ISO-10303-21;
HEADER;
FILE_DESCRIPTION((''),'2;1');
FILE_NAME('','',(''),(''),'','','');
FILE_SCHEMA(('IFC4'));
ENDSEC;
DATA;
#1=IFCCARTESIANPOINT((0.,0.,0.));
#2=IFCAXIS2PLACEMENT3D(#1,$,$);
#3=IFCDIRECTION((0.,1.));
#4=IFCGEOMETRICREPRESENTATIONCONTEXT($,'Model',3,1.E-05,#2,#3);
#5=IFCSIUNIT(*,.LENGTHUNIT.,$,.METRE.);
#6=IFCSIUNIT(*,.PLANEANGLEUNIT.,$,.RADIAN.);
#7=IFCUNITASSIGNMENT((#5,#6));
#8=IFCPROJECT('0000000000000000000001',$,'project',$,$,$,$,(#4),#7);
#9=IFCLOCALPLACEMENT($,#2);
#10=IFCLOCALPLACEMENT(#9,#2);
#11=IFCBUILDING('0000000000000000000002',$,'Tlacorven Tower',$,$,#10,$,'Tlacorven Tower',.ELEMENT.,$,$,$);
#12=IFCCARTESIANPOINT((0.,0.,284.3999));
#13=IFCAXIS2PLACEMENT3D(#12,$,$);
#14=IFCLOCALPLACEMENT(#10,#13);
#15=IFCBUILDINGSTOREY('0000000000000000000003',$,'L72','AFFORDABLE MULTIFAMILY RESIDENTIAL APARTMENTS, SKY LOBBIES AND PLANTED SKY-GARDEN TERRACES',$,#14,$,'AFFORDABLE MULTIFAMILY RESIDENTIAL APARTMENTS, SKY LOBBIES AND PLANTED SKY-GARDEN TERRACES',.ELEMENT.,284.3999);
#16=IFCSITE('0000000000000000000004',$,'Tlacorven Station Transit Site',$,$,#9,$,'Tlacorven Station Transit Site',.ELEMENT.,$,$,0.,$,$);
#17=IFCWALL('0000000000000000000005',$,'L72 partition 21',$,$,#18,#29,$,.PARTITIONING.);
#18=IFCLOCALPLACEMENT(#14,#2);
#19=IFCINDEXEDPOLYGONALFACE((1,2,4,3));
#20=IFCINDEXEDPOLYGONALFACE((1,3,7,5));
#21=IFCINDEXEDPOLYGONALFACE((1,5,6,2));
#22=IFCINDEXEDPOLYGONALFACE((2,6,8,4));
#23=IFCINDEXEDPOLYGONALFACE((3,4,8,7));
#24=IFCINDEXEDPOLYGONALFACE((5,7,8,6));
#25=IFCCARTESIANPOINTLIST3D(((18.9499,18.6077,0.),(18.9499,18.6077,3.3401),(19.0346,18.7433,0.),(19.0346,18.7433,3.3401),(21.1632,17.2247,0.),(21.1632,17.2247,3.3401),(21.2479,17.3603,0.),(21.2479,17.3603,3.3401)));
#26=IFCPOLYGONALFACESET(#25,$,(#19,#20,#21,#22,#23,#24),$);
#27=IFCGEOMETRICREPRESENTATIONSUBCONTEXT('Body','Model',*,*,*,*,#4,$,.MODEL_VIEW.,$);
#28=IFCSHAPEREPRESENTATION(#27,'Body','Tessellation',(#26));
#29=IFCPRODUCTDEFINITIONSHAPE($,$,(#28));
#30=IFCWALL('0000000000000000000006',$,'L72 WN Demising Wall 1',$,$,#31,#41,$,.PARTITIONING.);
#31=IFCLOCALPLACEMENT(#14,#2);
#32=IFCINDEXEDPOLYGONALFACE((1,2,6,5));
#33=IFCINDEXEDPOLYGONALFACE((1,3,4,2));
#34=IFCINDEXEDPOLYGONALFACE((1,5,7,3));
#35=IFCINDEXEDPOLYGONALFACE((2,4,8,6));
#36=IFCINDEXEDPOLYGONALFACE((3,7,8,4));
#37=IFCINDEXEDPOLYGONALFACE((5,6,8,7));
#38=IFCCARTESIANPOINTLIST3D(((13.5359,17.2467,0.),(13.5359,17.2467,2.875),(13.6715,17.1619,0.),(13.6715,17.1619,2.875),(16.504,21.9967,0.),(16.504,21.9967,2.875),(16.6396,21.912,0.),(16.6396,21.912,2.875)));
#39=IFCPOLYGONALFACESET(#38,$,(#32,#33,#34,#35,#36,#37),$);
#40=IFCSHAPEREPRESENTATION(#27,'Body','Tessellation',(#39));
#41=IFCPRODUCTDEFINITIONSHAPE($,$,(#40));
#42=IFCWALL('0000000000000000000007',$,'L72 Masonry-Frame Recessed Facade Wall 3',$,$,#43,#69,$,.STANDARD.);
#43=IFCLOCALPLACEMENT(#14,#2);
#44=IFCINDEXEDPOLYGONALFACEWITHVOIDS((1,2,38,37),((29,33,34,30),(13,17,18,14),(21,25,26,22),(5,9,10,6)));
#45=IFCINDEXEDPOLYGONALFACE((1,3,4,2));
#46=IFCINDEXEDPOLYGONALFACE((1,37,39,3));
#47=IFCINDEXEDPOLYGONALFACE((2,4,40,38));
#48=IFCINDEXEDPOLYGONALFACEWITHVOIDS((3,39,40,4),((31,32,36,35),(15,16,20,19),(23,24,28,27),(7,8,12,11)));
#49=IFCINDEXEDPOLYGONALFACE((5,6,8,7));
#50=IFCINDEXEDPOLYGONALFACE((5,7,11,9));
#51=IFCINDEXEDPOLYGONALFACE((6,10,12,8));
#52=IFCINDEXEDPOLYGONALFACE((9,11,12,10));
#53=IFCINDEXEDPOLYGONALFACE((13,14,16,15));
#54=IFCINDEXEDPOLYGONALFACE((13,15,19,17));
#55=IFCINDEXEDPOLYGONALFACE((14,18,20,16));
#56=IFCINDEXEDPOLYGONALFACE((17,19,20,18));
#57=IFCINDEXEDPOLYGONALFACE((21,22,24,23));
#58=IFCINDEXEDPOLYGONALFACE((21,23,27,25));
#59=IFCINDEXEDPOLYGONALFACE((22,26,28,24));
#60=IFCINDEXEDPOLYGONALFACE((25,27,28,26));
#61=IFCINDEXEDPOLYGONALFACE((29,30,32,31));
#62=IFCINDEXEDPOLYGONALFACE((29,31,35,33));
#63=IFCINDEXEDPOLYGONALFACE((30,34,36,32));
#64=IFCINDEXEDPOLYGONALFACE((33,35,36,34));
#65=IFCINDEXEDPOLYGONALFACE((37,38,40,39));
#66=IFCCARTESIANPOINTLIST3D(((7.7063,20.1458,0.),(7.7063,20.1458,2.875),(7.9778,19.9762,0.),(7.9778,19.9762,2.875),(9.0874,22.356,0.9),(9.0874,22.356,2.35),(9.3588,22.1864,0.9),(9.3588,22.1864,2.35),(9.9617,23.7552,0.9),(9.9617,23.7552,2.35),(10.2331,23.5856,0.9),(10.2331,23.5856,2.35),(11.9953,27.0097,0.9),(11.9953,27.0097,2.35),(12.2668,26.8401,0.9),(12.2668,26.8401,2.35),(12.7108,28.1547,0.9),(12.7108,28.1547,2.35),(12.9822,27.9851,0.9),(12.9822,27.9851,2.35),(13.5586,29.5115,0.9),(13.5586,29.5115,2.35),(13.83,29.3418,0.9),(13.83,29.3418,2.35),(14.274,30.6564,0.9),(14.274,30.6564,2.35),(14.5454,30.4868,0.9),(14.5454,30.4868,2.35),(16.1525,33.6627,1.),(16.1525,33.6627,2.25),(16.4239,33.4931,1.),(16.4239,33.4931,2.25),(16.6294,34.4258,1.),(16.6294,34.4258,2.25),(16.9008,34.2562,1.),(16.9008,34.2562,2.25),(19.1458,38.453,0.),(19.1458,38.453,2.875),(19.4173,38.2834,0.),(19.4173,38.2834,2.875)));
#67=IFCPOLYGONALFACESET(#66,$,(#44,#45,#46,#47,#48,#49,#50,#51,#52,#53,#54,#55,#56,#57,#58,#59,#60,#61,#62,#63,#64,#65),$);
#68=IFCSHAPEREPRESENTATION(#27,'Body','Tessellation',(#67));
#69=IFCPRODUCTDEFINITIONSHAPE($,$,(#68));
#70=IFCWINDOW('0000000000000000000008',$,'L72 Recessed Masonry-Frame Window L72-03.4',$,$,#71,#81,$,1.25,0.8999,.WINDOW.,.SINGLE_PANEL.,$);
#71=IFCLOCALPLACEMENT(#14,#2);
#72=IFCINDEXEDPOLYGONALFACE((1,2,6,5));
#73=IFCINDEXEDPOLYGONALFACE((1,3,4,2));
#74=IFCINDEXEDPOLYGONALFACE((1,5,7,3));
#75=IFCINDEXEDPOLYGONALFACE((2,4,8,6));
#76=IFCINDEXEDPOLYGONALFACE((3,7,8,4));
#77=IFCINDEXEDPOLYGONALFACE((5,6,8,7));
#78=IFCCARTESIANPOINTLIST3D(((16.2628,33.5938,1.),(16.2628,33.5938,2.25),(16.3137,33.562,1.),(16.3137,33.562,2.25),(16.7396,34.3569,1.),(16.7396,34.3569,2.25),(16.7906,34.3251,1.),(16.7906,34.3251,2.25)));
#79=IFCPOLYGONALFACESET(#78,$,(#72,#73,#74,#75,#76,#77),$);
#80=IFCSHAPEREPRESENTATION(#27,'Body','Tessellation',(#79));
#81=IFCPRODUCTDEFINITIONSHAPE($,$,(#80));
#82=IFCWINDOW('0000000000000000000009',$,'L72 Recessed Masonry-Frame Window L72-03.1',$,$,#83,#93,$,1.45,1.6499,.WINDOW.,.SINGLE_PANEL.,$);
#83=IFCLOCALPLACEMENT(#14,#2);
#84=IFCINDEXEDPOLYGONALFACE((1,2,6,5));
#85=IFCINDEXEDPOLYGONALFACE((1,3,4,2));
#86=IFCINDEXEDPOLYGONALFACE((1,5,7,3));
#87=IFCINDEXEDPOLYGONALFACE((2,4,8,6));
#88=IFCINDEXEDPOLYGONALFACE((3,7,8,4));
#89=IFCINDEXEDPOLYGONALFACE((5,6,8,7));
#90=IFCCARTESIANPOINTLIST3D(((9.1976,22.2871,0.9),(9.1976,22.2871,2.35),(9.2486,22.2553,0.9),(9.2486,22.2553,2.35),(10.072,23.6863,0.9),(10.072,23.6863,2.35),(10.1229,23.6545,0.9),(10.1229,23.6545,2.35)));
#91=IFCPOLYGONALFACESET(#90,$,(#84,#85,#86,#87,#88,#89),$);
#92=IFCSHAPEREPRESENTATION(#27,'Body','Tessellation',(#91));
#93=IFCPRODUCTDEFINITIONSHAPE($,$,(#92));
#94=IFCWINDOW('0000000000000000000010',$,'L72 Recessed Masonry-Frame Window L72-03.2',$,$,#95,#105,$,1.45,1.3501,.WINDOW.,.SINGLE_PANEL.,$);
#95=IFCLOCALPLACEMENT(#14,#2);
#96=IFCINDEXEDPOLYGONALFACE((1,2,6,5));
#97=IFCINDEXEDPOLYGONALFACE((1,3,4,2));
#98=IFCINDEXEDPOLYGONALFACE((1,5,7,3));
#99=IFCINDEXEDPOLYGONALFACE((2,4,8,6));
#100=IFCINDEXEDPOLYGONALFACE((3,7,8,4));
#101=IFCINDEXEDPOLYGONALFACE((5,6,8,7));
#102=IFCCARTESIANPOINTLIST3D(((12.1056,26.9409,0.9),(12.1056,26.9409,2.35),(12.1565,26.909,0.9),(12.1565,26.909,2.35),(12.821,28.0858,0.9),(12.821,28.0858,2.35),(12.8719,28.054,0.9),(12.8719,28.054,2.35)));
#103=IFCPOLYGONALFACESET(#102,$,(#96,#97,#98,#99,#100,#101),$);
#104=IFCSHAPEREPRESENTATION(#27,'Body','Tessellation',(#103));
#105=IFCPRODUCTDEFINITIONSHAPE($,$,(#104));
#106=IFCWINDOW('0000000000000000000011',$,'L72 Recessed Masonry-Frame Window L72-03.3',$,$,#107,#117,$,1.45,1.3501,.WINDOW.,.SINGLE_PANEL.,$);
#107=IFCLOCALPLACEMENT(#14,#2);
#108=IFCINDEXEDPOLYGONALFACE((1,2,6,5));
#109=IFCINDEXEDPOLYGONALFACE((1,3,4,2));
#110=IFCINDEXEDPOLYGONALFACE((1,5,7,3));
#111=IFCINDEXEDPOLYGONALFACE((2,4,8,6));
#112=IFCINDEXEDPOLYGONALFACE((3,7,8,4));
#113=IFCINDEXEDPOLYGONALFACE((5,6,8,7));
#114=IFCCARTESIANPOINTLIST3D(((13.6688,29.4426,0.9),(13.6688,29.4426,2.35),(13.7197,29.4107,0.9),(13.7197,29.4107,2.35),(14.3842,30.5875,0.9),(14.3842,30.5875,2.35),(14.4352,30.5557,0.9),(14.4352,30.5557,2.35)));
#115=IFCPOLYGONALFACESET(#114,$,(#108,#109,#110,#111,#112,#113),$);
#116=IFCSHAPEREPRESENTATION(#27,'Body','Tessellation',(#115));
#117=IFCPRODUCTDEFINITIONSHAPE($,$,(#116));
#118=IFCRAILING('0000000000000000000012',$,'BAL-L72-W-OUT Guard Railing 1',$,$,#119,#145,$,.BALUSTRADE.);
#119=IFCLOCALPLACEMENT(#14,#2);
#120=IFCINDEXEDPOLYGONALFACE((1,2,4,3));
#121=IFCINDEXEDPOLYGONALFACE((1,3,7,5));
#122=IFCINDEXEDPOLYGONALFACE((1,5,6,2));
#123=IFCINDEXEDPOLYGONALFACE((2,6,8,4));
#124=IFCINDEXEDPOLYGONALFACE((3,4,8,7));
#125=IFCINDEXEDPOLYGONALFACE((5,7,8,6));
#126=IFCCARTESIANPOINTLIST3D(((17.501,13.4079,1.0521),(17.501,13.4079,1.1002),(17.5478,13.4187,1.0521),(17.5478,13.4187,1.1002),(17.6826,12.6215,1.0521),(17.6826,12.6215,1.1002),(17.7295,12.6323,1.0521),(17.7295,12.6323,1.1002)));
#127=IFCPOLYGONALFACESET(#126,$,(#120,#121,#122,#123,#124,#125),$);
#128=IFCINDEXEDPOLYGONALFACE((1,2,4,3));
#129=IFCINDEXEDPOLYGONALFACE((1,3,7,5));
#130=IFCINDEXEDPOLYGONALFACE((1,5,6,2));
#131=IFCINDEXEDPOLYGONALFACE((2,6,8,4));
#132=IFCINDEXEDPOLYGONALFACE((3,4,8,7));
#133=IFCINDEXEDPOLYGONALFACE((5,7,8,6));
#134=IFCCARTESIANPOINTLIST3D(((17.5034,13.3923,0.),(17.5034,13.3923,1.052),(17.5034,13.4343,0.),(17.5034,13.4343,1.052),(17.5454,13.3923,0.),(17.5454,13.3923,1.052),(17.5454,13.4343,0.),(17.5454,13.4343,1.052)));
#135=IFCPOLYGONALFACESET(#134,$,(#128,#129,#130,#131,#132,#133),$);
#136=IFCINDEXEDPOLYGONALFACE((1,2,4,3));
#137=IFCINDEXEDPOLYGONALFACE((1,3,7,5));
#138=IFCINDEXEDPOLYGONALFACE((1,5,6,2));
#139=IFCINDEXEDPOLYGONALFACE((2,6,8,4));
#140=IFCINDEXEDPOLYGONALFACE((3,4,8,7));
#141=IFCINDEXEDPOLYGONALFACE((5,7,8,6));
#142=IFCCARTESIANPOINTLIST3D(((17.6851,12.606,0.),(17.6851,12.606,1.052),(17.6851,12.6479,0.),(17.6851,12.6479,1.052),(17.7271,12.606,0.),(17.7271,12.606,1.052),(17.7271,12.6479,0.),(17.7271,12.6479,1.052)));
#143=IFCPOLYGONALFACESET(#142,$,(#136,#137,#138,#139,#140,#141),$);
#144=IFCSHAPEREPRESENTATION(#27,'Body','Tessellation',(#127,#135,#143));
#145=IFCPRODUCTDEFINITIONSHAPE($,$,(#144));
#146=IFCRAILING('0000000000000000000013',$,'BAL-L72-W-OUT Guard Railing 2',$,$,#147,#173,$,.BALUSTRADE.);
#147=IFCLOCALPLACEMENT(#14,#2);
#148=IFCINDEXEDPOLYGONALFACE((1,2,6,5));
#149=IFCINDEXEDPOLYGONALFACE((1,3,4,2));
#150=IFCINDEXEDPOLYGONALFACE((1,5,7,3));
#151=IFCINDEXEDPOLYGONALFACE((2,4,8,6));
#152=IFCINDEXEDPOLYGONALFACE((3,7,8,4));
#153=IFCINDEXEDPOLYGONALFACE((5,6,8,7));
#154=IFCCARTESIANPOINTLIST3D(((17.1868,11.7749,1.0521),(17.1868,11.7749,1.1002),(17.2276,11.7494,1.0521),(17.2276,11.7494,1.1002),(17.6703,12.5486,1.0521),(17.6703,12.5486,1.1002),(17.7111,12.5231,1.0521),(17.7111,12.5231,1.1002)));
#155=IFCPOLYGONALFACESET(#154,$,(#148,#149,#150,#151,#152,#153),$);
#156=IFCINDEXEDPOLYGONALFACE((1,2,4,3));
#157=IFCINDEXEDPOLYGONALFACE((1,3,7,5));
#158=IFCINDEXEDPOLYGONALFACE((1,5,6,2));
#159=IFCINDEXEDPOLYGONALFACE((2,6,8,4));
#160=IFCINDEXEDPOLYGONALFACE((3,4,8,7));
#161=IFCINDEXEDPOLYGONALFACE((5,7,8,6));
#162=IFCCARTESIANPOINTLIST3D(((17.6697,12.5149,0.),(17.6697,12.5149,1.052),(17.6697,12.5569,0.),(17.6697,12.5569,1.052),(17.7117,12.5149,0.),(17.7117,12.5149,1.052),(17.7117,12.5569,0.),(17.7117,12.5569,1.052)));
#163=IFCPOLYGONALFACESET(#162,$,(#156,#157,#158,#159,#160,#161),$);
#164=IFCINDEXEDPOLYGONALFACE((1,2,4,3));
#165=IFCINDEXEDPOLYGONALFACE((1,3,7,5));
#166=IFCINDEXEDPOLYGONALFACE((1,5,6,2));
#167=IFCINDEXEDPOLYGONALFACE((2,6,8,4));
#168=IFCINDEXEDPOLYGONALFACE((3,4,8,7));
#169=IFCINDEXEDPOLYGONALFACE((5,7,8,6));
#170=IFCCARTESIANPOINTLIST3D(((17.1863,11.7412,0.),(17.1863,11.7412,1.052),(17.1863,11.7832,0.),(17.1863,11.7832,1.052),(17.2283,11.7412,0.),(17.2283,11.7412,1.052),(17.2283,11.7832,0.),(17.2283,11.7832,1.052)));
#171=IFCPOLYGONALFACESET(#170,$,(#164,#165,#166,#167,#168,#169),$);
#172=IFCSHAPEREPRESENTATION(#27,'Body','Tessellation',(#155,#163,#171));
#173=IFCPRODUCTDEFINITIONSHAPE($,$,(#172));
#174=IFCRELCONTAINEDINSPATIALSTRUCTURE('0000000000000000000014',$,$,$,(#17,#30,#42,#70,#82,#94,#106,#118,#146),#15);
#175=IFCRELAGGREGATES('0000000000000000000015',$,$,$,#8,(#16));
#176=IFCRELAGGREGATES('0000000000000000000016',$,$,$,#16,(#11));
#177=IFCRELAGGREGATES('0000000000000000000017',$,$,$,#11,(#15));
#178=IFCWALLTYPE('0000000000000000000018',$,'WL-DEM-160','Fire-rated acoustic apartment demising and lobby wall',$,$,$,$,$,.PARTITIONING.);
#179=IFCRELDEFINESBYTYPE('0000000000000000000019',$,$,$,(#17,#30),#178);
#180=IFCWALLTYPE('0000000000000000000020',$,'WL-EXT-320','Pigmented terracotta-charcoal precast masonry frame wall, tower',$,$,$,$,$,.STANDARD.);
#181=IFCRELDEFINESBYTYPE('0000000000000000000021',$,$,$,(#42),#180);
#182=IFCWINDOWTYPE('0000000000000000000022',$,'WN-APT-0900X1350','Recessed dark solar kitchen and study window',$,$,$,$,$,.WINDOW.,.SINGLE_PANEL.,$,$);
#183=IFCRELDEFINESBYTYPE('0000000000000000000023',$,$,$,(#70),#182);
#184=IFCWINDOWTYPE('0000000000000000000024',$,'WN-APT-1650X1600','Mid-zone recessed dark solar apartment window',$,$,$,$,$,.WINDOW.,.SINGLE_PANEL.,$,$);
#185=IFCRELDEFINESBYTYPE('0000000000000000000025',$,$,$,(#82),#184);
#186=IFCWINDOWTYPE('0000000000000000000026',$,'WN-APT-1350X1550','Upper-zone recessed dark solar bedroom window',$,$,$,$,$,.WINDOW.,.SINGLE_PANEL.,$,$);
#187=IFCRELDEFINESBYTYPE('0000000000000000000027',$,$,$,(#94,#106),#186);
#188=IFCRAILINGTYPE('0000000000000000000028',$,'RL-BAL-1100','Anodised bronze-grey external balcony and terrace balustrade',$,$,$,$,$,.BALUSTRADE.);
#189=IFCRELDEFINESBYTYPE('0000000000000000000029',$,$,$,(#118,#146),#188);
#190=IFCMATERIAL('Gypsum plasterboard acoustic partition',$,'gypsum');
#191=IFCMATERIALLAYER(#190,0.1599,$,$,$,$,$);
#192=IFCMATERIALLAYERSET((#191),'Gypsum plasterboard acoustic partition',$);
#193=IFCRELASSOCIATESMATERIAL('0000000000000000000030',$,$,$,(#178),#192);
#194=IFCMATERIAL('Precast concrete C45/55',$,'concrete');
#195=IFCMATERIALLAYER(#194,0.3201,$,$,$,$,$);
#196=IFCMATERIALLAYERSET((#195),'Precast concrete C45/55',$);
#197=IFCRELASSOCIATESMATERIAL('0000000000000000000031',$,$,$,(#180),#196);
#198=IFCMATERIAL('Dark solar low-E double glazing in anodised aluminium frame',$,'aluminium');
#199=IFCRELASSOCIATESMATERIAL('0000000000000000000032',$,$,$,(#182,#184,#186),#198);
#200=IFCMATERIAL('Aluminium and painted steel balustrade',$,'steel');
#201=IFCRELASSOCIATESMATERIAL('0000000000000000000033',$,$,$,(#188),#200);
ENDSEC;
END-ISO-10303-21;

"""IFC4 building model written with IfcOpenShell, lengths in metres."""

from ifc_helpers import new_model, si_unit, direction, frame, frame_2d, origin, origin_2d, place, context, subcontext, project, spatial, rectangle, extrude, source, transform, mapped, material, layer, layer_set, type_object, element, fill, save


model = new_model("IFC4")

# Units and contexts
model_context = context("Model", 3, precision=1e-05, world=origin(), true_north=direction((0.0, 1.0)))
body_context = subcontext(model_context, "Body", "Model", "MODEL_VIEW")
ifc_project = project(units=[si_unit("LENGTHUNIT", "METRE"), si_unit("PLANEANGLEUNIT", "RADIAN")], contexts=[model_context])

# Site, building, storey
site_placement = place(None, origin())
site = spatial("IfcSite", under=ifc_project, at=site_placement, Name="Tlacorven Station Transit Site", LongName="Tlacorven Station Transit Site", CompositionType="ELEMENT", RefElevation=0.0)
building_placement = place(site_placement, origin())
building = spatial("IfcBuilding", under=site, at=building_placement, Name="Tlacorven Tower", LongName="Tlacorven Tower", CompositionType="ELEMENT")
storey_placement = place(building_placement, frame((0.0, 0.0, 284.3999)))
storey = spatial("IfcBuildingStorey", under=building, at=storey_placement, Name="L72", Description="AFFORDABLE MULTIFAMILY RESIDENTIAL APARTMENTS, SKY LOBBIES AND PLANTED SKY-GARDEN TERRACES", LongName="AFFORDABLE MULTIFAMILY RESIDENTIAL APARTMENTS, SKY LOBBIES AND PLANTED SKY-GARDEN TERRACES", CompositionType="ELEMENT", Elevation=284.3999)

# Shared definitions
ifc_material_1 = material(Name="Precast concrete C45/55", Category="concrete")

# Walls
ifc_material_2 = material(Name="Gypsum plasterboard acoustic partition", Category="gypsum")
ifc_layer_1 = layer(ifc_material_2, 0.1599)
ifc_layer_set_1 = layer_set([ifc_layer_1], Name="Gypsum plasterboard acoustic partition")
wall_type_1 = type_object("IfcWallType", Name="WL-DEM-160", Description="Fire-rated acoustic apartment demising and lobby wall", PredefinedType="PARTITIONING", material=ifc_layer_set_1)
wall_1_placement = place(storey_placement, frame((21.2056, 17.2925, 0.0), z_axis=(0.0, 0.0, 1.0), x_axis=(-0.848051, 0.529915, 0.0)))
element("IfcWall", 1, at=wall_1_placement, inside=storey, type_object=wall_type_1, Name="L72 partition 21", PredefinedType="PARTITIONING", context=body_context, shape_type="SweptSolid", body=[
    extrude(rectangle(XDim=2.6099, YDim=0.1599, at=frame_2d((1.3049, 0.0))), origin(), (0.0, 0.0, 1.0), 3.3401),
])
wall_2_placement = place(storey_placement, frame((16.5718, 21.9543, 0.0), z_axis=(0.0, 0.0, 1.0), x_axis=(-0.529905, -0.848057, 0.0)))
element("IfcWall", 2, at=wall_2_placement, inside=storey, type_object=wall_type_1, Name="L72 WN Demising Wall 1", PredefinedType="PARTITIONING", context=body_context, shape_type="SweptSolid", body=[
    extrude(rectangle(XDim=5.6011, YDim=0.1599, at=frame_2d((2.8005, 0.0))), origin(), (0.0, 0.0, 1.0), 2.875),
])

# Wall, openings, windows
ifc_layer_2 = layer(ifc_material_1, 0.3201)
ifc_layer_set_2 = layer_set([ifc_layer_2], Name="Precast concrete C45/55")
wall_type_2 = type_object("IfcWallType", Name="WL-EXT-320", Description="Pigmented terracotta-charcoal precast masonry frame wall, tower", PredefinedType="STANDARD", material=ifc_layer_set_2)
wall_3_placement = place(storey_placement, frame((7.842, 20.061, 0.0), z_axis=(0.0, 0.0, 1.0), x_axis=(0.529916, 0.84805, 0.0)))
wall_3 = element("IfcWall", 3, at=wall_3_placement, inside=storey, type_object=wall_type_2, Name="L72 Masonry-Frame Recessed Facade Wall 3", PredefinedType="STANDARD", context=body_context, shape_type="SweptSolid", body=[
    extrude(rectangle(XDim=21.5874, YDim=0.3201, at=frame_2d((10.7937, 0.0))), origin(), (0.0, 0.0, 1.0), 2.875),
])
opening_1_placement = place(wall_3_placement, frame((2.6062, 0.0, 0.8999)))
opening_1 = element("IfcOpeningElement", 4, at=opening_1_placement, cuts=wall_3, PredefinedType="OPENING", context=body_context, shape_type="SweptSolid", body=[
    extrude(rectangle(XDim=1.6499, YDim=1.45, at=frame_2d((0.825, 0.7251))), frame((0.0, 0.1699, 0.0), z_axis=(0.0, -1.0, 0.0), x_axis=(1.0, 0.0, 0.0)), (0.0, 0.0, 1.0), 0.3401),
])
opening_2_placement = place(wall_3_placement, frame((8.0938, 0.0, 0.8999)))
opening_2 = element("IfcOpeningElement", 5, at=opening_2_placement, cuts=wall_3, PredefinedType="OPENING", context=body_context, shape_type="SweptSolid", body=[
    extrude(rectangle(XDim=1.3501, YDim=1.45, at=frame_2d((0.675, 0.7251))), frame((0.0, 0.1699, 0.0), z_axis=(0.0, -1.0, 0.0), x_axis=(1.0, 0.0, 0.0)), (0.0, 0.0, 1.0), 0.3401),
])
opening_3_placement = place(wall_3_placement, frame((11.0437, 0.0, 0.8999)))
opening_3 = element("IfcOpeningElement", 6, at=opening_3_placement, cuts=wall_3, PredefinedType="OPENING", context=body_context, shape_type="SweptSolid", body=[
    extrude(rectangle(XDim=1.3501, YDim=1.45, at=frame_2d((0.675, 0.7251))), frame((0.0, 0.1699, 0.0), z_axis=(0.0, -1.0, 0.0), x_axis=(1.0, 0.0, 0.0)), (0.0, 0.0, 1.0), 0.3401),
])
opening_4_placement = place(wall_3_placement, frame((15.9387, 0.0, 1.0)))
opening_4 = element("IfcOpeningElement", 7, at=opening_4_placement, cuts=wall_3, PredefinedType="OPENING", context=body_context, shape_type="SweptSolid", body=[
    extrude(rectangle(XDim=0.8999, YDim=1.25, at=frame_2d((0.45, 0.625))), frame((0.0, 0.1699, 0.0), z_axis=(0.0, -1.0, 0.0), x_axis=(1.0, 0.0, 0.0)), (0.0, 0.0, 1.0), 0.3401),
])
ifc_material_3 = material(Name="Dark solar low-E double glazing in anodised aluminium frame", Category="aluminium")
window_type_1 = type_object("IfcWindowType", Name="WN-APT-0900X1350", Description="Recessed dark solar kitchen and study window", PartitioningType="SINGLE_PANEL", PredefinedType="WINDOW", material=ifc_material_3)
shared_shape_1 = source(origin(), body_context, "Body", "SweptSolid", [
    extrude(rectangle(XDim=0.8999, YDim=1.25, at=frame_2d((0.45, 0.625))), frame((0.0, 0.03, 0.0), z_axis=(0.0, -1.0, 0.0), x_axis=(1.0, 0.0, 0.0)), (0.0, 0.0, 1.0), 0.0601),
])
window_1_placement = place(opening_4_placement, origin())
window_1 = element("IfcWindow", 8, at=window_1_placement, inside=storey, type_object=window_type_1, Name="L72 Recessed Masonry-Frame Window L72-03.4", OverallHeight=1.25, OverallWidth=0.8999, PartitioningType="SINGLE_PANEL", PredefinedType="WINDOW", context=body_context, shape_type="MappedRepresentation", body=[
    mapped(shared_shape_1, transform((0.0, 0.0, 0.0), scale=1.0)),
])
fill(opening_4, window_1)
window_type_2 = type_object("IfcWindowType", Name="WN-APT-1650X1600", Description="Mid-zone recessed dark solar apartment window", PartitioningType="SINGLE_PANEL", PredefinedType="WINDOW", material=ifc_material_3)
shared_shape_2 = source(origin(), body_context, "Body", "SweptSolid", [
    extrude(rectangle(XDim=1.6499, YDim=1.45, at=frame_2d((0.825, 0.7251))), frame((0.0, 0.03, 0.0), z_axis=(0.0, -1.0, 0.0), x_axis=(1.0, 0.0, 0.0)), (0.0, 0.0, 1.0), 0.0601),
])
window_2_placement = place(opening_1_placement, origin())
window_2 = element("IfcWindow", 9, at=window_2_placement, inside=storey, type_object=window_type_2, Name="L72 Recessed Masonry-Frame Window L72-03.1", OverallHeight=1.45, OverallWidth=1.6499, PartitioningType="SINGLE_PANEL", PredefinedType="WINDOW", context=body_context, shape_type="MappedRepresentation", body=[
    mapped(shared_shape_2, transform((0.0, 0.0, 0.0), scale=1.0)),
])
fill(opening_1, window_2)
window_type_3 = type_object("IfcWindowType", Name="WN-APT-1350X1550", Description="Upper-zone recessed dark solar bedroom window", PartitioningType="SINGLE_PANEL", PredefinedType="WINDOW", material=ifc_material_3)
shared_shape_3 = source(origin(), body_context, "Body", "SweptSolid", [
    extrude(rectangle(XDim=1.3501, YDim=1.45, at=frame_2d((0.675, 0.7251))), frame((0.0, 0.03, 0.0), z_axis=(0.0, -1.0, 0.0), x_axis=(1.0, 0.0, 0.0)), (0.0, 0.0, 1.0), 0.0601),
])
window_3_placement = place(opening_2_placement, origin())
window_3 = element("IfcWindow", 10, at=window_3_placement, inside=storey, type_object=window_type_3, Name="L72 Recessed Masonry-Frame Window L72-03.2", OverallHeight=1.45, OverallWidth=1.3501, PartitioningType="SINGLE_PANEL", PredefinedType="WINDOW", context=body_context, shape_type="MappedRepresentation", body=[
    mapped(shared_shape_3, transform((0.0, 0.0, 0.0), scale=1.0)),
])
fill(opening_2, window_3)
window_4_placement = place(opening_3_placement, origin())
window_4 = element("IfcWindow", 11, at=window_4_placement, inside=storey, type_object=window_type_3, Name="L72 Recessed Masonry-Frame Window L72-03.3", OverallHeight=1.45, OverallWidth=1.3501, PartitioningType="SINGLE_PANEL", PredefinedType="WINDOW", context=body_context, shape_type="MappedRepresentation", body=[
    mapped(shared_shape_3, transform((0.0, 0.0, 0.0), scale=1.0)),
])
fill(opening_3, window_4)

# Railings
ifc_material_4 = material(Name="Aluminium and painted steel balustrade", Category="steel")
railing_type = type_object("IfcRailingType", Name="RL-BAL-1100", Description="Anodised bronze-grey external balcony and terrace balustrade", PredefinedType="BALUSTRADE", material=ifc_material_4)
shared_shape_4 = source(origin(), body_context, "Body", "SweptSolid", [
    extrude(rectangle(XDim=0.0481, YDim=0.0481, at=origin_2d()), frame((0.0, 0.0, 1.0762), z_axis=(0.225058, -0.974345, 0.0), x_axis=(0.974345, 0.225058, 0.0)), (0.0, 0.0, 1.0), 0.8071),
    extrude(rectangle(XDim=0.042, YDim=0.042, at=origin_2d()), origin(), (0.0, 0.0, 1.0), 1.052),
    extrude(rectangle(XDim=0.042, YDim=0.042, at=origin_2d()), frame((0.1816, -0.7864, 0.0)), (0.0, 0.0, 1.0), 1.052),
])
railing_1_placement = place(storey_placement, frame((17.5244, 13.4133, 0.0)))
element("IfcRailing", 12, at=railing_1_placement, inside=storey, type_object=railing_type, Name="BAL-L72-W-OUT Guard Railing 1", PredefinedType="BALUSTRADE", context=body_context, shape_type="MappedRepresentation", body=[
    mapped(shared_shape_4, transform((0.0, 0.0, 0.0), scale=1.0)),
])
shared_shape_5 = source(origin(), body_context, "Body", "SweptSolid", [
    extrude(rectangle(XDim=0.0481, YDim=0.0481, at=origin_2d()), frame((0.0, 0.0, 1.0762), z_axis=(-0.529879, -0.848073, 0.0), x_axis=(0.848073, -0.529879, 0.0)), (0.0, 0.0, 1.0), 0.9124),
    extrude(rectangle(XDim=0.042, YDim=0.042, at=origin_2d()), origin(), (0.0, 0.0, 1.0), 1.052),
    extrude(rectangle(XDim=0.042, YDim=0.042, at=origin_2d()), frame((-0.4834, -0.7737, 0.0)), (0.0, 0.0, 1.0), 1.052),
])
railing_2_placement = place(storey_placement, frame((17.6907, 12.5359, 0.0)))
element("IfcRailing", 13, at=railing_2_placement, inside=storey, type_object=railing_type, Name="BAL-L72-W-OUT Guard Railing 2", PredefinedType="BALUSTRADE", context=body_context, shape_type="MappedRepresentation", body=[
    mapped(shared_shape_5, transform((0.0, 0.0, 0.0), scale=1.0)),
])

save(model, "model.ifc")
